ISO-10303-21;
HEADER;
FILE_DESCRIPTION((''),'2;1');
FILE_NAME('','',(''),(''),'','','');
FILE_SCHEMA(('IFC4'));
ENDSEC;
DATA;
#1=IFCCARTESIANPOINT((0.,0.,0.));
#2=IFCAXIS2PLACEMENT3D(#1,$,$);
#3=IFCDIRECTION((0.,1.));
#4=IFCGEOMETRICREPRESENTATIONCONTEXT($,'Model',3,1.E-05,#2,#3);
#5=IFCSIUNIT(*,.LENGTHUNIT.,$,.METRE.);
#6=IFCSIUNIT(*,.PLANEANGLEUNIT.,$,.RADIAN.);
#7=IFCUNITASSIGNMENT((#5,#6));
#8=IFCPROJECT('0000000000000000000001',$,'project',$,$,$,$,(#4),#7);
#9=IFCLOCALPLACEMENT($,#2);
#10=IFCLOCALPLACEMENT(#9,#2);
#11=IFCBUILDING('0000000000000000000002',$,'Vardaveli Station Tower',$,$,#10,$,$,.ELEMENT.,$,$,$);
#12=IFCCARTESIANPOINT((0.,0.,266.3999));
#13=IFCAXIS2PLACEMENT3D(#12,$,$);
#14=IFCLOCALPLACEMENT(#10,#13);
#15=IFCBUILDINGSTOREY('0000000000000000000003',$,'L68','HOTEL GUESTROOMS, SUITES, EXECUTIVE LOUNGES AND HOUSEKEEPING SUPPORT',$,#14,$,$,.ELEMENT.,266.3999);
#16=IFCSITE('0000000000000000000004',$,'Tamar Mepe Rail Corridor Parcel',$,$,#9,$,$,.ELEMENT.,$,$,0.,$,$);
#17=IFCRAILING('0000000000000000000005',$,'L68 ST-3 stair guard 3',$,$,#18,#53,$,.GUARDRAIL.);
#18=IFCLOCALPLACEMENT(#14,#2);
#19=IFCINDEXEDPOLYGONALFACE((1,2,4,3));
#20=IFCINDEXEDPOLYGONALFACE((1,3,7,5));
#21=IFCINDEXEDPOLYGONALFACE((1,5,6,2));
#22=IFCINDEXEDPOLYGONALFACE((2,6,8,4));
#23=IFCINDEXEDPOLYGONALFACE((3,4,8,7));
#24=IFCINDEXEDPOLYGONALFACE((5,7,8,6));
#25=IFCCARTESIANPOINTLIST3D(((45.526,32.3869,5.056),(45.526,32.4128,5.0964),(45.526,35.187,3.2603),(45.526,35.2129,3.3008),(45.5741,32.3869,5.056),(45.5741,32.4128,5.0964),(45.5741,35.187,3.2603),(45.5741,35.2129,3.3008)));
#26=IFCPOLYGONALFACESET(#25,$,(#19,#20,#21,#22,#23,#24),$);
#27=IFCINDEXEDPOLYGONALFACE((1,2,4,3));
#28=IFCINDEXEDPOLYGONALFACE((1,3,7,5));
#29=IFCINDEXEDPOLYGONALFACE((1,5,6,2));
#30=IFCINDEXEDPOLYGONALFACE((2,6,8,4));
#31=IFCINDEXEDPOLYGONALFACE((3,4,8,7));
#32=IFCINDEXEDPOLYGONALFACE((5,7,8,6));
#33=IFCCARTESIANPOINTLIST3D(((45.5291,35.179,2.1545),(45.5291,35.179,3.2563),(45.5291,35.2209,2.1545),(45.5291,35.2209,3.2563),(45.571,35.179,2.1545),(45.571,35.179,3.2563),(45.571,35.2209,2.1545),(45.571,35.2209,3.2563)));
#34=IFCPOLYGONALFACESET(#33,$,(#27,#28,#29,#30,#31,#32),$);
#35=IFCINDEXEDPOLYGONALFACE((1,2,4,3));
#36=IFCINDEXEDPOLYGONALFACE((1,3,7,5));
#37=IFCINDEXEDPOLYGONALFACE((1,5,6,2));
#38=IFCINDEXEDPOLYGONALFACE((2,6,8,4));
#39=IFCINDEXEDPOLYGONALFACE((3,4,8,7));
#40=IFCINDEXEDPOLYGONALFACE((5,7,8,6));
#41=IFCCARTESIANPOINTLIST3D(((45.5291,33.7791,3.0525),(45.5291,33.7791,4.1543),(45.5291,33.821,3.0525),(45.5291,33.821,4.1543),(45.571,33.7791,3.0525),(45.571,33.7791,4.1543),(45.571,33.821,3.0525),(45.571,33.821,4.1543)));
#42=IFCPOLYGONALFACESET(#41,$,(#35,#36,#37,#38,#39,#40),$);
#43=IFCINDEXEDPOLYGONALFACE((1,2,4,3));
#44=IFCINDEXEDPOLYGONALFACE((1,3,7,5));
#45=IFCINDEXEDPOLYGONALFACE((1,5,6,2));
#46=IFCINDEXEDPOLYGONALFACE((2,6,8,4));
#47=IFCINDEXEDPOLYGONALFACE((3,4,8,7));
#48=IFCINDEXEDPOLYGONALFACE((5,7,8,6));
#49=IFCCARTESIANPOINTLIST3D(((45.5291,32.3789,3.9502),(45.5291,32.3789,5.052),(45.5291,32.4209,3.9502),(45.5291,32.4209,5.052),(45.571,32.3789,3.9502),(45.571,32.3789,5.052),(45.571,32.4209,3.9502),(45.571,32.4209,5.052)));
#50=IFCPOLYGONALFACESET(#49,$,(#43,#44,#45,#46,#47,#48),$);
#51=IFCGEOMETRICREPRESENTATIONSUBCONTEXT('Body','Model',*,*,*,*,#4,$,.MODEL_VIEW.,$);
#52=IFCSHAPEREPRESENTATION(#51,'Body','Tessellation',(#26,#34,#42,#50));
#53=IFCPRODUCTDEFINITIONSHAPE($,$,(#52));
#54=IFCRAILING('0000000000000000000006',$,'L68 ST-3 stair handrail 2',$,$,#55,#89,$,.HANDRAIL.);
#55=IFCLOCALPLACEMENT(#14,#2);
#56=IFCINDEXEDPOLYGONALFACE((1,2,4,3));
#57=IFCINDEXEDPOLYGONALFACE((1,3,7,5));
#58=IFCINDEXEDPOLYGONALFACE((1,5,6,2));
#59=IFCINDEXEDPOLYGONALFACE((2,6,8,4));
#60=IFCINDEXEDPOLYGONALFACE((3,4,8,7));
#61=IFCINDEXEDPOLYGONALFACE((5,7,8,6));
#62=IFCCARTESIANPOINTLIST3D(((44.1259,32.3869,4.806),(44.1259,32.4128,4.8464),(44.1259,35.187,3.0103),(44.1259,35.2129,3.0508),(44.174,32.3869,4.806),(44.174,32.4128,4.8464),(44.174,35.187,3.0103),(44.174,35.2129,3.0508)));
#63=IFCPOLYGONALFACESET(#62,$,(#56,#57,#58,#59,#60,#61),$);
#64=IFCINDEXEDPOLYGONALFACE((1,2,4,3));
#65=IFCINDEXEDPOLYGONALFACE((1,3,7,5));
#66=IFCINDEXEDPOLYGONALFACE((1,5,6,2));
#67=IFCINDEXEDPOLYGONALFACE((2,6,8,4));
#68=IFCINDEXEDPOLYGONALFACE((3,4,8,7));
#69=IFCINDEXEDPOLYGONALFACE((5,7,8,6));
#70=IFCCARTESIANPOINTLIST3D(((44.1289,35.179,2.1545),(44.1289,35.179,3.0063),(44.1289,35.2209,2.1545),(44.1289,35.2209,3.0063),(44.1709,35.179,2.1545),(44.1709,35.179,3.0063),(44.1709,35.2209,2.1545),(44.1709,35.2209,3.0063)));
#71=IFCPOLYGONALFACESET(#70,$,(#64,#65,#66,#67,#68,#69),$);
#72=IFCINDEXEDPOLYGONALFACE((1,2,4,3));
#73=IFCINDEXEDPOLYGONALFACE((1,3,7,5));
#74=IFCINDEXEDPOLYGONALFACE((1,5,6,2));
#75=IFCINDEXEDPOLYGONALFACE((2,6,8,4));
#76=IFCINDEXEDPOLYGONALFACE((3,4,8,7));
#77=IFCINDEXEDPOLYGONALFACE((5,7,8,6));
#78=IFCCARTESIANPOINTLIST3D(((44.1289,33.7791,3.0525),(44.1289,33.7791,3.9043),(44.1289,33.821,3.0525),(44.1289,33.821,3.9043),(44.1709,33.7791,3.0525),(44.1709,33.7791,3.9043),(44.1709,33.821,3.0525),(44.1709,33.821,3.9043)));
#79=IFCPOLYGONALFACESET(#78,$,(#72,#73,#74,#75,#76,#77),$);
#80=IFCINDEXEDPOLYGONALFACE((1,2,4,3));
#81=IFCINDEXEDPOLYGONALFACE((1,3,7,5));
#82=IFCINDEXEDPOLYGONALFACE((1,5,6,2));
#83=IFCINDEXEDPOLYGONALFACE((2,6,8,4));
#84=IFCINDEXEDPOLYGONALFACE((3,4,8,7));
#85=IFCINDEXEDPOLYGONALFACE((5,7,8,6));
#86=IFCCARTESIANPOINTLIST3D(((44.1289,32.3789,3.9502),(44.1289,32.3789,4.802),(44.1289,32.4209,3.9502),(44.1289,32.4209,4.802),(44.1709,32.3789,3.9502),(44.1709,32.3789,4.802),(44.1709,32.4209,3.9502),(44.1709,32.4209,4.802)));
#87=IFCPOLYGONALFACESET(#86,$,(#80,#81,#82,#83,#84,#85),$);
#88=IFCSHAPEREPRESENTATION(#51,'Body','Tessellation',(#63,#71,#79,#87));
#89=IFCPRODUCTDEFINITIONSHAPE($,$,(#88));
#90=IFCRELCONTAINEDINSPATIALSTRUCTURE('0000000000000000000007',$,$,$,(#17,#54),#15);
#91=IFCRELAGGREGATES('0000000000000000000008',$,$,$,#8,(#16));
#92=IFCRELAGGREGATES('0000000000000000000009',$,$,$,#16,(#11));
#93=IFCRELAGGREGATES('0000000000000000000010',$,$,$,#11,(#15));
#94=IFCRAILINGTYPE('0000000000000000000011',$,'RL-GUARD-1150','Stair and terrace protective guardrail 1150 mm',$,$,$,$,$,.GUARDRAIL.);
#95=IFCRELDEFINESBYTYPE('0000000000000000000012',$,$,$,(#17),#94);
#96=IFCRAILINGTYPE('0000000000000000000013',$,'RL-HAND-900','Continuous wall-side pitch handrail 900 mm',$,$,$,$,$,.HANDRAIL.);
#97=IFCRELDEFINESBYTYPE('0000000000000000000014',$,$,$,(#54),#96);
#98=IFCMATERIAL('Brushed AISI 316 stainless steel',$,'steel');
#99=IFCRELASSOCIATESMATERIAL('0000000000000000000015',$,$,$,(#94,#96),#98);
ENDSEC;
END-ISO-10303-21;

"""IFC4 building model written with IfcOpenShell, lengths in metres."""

from ifc_helpers import new_model, si_unit, direction, frame, origin, origin_2d, place, context, subcontext, project, spatial, rectangle, extrude, source, transform, mapped, material, type_object, element, save


model = new_model("IFC4")

# Units and contexts
model_context = context("Model", 3, precision=1e-05, world=origin(), true_north=direction((0.0, 1.0)))
body_context = subcontext(model_context, "Body", "Model", "MODEL_VIEW")
ifc_project = project(units=[si_unit("LENGTHUNIT", "METRE"), si_unit("PLANEANGLEUNIT", "RADIAN")], contexts=[model_context])

# Site, building, storey
site_placement = place(None, origin())
site = spatial("IfcSite", under=ifc_project, at=site_placement, Name="Tamar Mepe Rail Corridor Parcel", CompositionType="ELEMENT", RefElevation=0.0)
building_placement = place(site_placement, origin())
building = spatial("IfcBuilding", under=site, at=building_placement, Name="Vardaveli Station Tower", CompositionType="ELEMENT")
storey_placement = place(building_placement, frame((0.0, 0.0, 266.3999)))
storey = spatial("IfcBuildingStorey", under=building, at=storey_placement, Name="L68", Description="HOTEL GUESTROOMS, SUITES, EXECUTIVE LOUNGES AND HOUSEKEEPING SUPPORT", CompositionType="ELEMENT", Elevation=266.3999)

# Railings
ifc_material_1 = material(Name="Brushed AISI 316 stainless steel", Category="steel")
railing_type_1 = type_object("IfcRailingType", Name="RL-GUARD-1150", Description="Stair and terrace protective guardrail 1150 mm", PredefinedType="GUARDRAIL", material=ifc_material_1)
railing_type_2 = type_object("IfcRailingType", Name="RL-HAND-900", Description="Continuous wall-side pitch handrail 900 mm", PredefinedType="HANDRAIL", material=ifc_material_1)
shared_shape_1 = source(origin(), body_context, "Body", "SweptSolid", [
    extrude(rectangle(XDim=0.0481, YDim=0.0481, at=origin_2d()), frame((0.0, 0.0, 1.126), z_axis=(0.0, -0.841777, 0.539826), x_axis=(1.0, 0.0, 0.0)), (0.0, 0.0, 1.0), 3.3264),
    extrude(rectangle(XDim=0.042, YDim=0.042, at=origin_2d()), origin(), (0.0, 0.0, 1.0), 1.1018),
    extrude(rectangle(XDim=0.042, YDim=0.042, at=origin_2d()), frame((0.0, -1.3999, 0.8979)), (0.0, 0.0, 1.0), 1.1018),
    extrude(rectangle(XDim=0.042, YDim=0.042, at=origin_2d()), frame((0.0, -2.8, 1.7957)), (0.0, 0.0, 1.0), 1.1018),
])
railing_1_placement = place(storey_placement, frame((45.55, 35.2, 2.1545)))
element("IfcRailing", 1, at=railing_1_placement, inside=storey, type_object=railing_type_1, Name="L68 ST-3 stair guard 3", PredefinedType="GUARDRAIL", context=body_context, shape_type="MappedRepresentation", body=[
    mapped(shared_shape_1, transform((0.0, 0.0, 0.0), scale=1.0)),
])
shared_shape_2 = source(origin(), body_context, "Body", "SweptSolid", [
    extrude(rectangle(XDim=0.0481, YDim=0.0481, at=origin_2d()), frame((0.0, 0.0, 0.876), z_axis=(0.0, -0.841777, 0.539826), x_axis=(1.0, 0.0, 0.0)), (0.0, 0.0, 1.0), 3.3264),
    extrude(rectangle(XDim=0.042, YDim=0.042, at=origin_2d()), origin(), (0.0, 0.0, 1.0), 0.8518),
    extrude(rectangle(XDim=0.042, YDim=0.042, at=origin_2d()), frame((0.0, -1.3999, 0.8979)), (0.0, 0.0, 1.0), 0.8518),
    extrude(rectangle(XDim=0.042, YDim=0.042, at=origin_2d()), frame((0.0, -2.8, 1.7957)), (0.0, 0.0, 1.0), 0.8518),
])
railing_2_placement = place(storey_placement, frame((44.1499, 35.2, 2.1545)))
element("IfcRailing", 2, at=railing_2_placement, inside=storey, type_object=railing_type_2, Name="L68 ST-3 stair handrail 2", PredefinedType="HANDRAIL", context=body_context, shape_type="MappedRepresentation", body=[
    mapped(shared_shape_2, transform((0.0, 0.0, 0.0), scale=1.0)),
])

save(model, "model.ifc")
